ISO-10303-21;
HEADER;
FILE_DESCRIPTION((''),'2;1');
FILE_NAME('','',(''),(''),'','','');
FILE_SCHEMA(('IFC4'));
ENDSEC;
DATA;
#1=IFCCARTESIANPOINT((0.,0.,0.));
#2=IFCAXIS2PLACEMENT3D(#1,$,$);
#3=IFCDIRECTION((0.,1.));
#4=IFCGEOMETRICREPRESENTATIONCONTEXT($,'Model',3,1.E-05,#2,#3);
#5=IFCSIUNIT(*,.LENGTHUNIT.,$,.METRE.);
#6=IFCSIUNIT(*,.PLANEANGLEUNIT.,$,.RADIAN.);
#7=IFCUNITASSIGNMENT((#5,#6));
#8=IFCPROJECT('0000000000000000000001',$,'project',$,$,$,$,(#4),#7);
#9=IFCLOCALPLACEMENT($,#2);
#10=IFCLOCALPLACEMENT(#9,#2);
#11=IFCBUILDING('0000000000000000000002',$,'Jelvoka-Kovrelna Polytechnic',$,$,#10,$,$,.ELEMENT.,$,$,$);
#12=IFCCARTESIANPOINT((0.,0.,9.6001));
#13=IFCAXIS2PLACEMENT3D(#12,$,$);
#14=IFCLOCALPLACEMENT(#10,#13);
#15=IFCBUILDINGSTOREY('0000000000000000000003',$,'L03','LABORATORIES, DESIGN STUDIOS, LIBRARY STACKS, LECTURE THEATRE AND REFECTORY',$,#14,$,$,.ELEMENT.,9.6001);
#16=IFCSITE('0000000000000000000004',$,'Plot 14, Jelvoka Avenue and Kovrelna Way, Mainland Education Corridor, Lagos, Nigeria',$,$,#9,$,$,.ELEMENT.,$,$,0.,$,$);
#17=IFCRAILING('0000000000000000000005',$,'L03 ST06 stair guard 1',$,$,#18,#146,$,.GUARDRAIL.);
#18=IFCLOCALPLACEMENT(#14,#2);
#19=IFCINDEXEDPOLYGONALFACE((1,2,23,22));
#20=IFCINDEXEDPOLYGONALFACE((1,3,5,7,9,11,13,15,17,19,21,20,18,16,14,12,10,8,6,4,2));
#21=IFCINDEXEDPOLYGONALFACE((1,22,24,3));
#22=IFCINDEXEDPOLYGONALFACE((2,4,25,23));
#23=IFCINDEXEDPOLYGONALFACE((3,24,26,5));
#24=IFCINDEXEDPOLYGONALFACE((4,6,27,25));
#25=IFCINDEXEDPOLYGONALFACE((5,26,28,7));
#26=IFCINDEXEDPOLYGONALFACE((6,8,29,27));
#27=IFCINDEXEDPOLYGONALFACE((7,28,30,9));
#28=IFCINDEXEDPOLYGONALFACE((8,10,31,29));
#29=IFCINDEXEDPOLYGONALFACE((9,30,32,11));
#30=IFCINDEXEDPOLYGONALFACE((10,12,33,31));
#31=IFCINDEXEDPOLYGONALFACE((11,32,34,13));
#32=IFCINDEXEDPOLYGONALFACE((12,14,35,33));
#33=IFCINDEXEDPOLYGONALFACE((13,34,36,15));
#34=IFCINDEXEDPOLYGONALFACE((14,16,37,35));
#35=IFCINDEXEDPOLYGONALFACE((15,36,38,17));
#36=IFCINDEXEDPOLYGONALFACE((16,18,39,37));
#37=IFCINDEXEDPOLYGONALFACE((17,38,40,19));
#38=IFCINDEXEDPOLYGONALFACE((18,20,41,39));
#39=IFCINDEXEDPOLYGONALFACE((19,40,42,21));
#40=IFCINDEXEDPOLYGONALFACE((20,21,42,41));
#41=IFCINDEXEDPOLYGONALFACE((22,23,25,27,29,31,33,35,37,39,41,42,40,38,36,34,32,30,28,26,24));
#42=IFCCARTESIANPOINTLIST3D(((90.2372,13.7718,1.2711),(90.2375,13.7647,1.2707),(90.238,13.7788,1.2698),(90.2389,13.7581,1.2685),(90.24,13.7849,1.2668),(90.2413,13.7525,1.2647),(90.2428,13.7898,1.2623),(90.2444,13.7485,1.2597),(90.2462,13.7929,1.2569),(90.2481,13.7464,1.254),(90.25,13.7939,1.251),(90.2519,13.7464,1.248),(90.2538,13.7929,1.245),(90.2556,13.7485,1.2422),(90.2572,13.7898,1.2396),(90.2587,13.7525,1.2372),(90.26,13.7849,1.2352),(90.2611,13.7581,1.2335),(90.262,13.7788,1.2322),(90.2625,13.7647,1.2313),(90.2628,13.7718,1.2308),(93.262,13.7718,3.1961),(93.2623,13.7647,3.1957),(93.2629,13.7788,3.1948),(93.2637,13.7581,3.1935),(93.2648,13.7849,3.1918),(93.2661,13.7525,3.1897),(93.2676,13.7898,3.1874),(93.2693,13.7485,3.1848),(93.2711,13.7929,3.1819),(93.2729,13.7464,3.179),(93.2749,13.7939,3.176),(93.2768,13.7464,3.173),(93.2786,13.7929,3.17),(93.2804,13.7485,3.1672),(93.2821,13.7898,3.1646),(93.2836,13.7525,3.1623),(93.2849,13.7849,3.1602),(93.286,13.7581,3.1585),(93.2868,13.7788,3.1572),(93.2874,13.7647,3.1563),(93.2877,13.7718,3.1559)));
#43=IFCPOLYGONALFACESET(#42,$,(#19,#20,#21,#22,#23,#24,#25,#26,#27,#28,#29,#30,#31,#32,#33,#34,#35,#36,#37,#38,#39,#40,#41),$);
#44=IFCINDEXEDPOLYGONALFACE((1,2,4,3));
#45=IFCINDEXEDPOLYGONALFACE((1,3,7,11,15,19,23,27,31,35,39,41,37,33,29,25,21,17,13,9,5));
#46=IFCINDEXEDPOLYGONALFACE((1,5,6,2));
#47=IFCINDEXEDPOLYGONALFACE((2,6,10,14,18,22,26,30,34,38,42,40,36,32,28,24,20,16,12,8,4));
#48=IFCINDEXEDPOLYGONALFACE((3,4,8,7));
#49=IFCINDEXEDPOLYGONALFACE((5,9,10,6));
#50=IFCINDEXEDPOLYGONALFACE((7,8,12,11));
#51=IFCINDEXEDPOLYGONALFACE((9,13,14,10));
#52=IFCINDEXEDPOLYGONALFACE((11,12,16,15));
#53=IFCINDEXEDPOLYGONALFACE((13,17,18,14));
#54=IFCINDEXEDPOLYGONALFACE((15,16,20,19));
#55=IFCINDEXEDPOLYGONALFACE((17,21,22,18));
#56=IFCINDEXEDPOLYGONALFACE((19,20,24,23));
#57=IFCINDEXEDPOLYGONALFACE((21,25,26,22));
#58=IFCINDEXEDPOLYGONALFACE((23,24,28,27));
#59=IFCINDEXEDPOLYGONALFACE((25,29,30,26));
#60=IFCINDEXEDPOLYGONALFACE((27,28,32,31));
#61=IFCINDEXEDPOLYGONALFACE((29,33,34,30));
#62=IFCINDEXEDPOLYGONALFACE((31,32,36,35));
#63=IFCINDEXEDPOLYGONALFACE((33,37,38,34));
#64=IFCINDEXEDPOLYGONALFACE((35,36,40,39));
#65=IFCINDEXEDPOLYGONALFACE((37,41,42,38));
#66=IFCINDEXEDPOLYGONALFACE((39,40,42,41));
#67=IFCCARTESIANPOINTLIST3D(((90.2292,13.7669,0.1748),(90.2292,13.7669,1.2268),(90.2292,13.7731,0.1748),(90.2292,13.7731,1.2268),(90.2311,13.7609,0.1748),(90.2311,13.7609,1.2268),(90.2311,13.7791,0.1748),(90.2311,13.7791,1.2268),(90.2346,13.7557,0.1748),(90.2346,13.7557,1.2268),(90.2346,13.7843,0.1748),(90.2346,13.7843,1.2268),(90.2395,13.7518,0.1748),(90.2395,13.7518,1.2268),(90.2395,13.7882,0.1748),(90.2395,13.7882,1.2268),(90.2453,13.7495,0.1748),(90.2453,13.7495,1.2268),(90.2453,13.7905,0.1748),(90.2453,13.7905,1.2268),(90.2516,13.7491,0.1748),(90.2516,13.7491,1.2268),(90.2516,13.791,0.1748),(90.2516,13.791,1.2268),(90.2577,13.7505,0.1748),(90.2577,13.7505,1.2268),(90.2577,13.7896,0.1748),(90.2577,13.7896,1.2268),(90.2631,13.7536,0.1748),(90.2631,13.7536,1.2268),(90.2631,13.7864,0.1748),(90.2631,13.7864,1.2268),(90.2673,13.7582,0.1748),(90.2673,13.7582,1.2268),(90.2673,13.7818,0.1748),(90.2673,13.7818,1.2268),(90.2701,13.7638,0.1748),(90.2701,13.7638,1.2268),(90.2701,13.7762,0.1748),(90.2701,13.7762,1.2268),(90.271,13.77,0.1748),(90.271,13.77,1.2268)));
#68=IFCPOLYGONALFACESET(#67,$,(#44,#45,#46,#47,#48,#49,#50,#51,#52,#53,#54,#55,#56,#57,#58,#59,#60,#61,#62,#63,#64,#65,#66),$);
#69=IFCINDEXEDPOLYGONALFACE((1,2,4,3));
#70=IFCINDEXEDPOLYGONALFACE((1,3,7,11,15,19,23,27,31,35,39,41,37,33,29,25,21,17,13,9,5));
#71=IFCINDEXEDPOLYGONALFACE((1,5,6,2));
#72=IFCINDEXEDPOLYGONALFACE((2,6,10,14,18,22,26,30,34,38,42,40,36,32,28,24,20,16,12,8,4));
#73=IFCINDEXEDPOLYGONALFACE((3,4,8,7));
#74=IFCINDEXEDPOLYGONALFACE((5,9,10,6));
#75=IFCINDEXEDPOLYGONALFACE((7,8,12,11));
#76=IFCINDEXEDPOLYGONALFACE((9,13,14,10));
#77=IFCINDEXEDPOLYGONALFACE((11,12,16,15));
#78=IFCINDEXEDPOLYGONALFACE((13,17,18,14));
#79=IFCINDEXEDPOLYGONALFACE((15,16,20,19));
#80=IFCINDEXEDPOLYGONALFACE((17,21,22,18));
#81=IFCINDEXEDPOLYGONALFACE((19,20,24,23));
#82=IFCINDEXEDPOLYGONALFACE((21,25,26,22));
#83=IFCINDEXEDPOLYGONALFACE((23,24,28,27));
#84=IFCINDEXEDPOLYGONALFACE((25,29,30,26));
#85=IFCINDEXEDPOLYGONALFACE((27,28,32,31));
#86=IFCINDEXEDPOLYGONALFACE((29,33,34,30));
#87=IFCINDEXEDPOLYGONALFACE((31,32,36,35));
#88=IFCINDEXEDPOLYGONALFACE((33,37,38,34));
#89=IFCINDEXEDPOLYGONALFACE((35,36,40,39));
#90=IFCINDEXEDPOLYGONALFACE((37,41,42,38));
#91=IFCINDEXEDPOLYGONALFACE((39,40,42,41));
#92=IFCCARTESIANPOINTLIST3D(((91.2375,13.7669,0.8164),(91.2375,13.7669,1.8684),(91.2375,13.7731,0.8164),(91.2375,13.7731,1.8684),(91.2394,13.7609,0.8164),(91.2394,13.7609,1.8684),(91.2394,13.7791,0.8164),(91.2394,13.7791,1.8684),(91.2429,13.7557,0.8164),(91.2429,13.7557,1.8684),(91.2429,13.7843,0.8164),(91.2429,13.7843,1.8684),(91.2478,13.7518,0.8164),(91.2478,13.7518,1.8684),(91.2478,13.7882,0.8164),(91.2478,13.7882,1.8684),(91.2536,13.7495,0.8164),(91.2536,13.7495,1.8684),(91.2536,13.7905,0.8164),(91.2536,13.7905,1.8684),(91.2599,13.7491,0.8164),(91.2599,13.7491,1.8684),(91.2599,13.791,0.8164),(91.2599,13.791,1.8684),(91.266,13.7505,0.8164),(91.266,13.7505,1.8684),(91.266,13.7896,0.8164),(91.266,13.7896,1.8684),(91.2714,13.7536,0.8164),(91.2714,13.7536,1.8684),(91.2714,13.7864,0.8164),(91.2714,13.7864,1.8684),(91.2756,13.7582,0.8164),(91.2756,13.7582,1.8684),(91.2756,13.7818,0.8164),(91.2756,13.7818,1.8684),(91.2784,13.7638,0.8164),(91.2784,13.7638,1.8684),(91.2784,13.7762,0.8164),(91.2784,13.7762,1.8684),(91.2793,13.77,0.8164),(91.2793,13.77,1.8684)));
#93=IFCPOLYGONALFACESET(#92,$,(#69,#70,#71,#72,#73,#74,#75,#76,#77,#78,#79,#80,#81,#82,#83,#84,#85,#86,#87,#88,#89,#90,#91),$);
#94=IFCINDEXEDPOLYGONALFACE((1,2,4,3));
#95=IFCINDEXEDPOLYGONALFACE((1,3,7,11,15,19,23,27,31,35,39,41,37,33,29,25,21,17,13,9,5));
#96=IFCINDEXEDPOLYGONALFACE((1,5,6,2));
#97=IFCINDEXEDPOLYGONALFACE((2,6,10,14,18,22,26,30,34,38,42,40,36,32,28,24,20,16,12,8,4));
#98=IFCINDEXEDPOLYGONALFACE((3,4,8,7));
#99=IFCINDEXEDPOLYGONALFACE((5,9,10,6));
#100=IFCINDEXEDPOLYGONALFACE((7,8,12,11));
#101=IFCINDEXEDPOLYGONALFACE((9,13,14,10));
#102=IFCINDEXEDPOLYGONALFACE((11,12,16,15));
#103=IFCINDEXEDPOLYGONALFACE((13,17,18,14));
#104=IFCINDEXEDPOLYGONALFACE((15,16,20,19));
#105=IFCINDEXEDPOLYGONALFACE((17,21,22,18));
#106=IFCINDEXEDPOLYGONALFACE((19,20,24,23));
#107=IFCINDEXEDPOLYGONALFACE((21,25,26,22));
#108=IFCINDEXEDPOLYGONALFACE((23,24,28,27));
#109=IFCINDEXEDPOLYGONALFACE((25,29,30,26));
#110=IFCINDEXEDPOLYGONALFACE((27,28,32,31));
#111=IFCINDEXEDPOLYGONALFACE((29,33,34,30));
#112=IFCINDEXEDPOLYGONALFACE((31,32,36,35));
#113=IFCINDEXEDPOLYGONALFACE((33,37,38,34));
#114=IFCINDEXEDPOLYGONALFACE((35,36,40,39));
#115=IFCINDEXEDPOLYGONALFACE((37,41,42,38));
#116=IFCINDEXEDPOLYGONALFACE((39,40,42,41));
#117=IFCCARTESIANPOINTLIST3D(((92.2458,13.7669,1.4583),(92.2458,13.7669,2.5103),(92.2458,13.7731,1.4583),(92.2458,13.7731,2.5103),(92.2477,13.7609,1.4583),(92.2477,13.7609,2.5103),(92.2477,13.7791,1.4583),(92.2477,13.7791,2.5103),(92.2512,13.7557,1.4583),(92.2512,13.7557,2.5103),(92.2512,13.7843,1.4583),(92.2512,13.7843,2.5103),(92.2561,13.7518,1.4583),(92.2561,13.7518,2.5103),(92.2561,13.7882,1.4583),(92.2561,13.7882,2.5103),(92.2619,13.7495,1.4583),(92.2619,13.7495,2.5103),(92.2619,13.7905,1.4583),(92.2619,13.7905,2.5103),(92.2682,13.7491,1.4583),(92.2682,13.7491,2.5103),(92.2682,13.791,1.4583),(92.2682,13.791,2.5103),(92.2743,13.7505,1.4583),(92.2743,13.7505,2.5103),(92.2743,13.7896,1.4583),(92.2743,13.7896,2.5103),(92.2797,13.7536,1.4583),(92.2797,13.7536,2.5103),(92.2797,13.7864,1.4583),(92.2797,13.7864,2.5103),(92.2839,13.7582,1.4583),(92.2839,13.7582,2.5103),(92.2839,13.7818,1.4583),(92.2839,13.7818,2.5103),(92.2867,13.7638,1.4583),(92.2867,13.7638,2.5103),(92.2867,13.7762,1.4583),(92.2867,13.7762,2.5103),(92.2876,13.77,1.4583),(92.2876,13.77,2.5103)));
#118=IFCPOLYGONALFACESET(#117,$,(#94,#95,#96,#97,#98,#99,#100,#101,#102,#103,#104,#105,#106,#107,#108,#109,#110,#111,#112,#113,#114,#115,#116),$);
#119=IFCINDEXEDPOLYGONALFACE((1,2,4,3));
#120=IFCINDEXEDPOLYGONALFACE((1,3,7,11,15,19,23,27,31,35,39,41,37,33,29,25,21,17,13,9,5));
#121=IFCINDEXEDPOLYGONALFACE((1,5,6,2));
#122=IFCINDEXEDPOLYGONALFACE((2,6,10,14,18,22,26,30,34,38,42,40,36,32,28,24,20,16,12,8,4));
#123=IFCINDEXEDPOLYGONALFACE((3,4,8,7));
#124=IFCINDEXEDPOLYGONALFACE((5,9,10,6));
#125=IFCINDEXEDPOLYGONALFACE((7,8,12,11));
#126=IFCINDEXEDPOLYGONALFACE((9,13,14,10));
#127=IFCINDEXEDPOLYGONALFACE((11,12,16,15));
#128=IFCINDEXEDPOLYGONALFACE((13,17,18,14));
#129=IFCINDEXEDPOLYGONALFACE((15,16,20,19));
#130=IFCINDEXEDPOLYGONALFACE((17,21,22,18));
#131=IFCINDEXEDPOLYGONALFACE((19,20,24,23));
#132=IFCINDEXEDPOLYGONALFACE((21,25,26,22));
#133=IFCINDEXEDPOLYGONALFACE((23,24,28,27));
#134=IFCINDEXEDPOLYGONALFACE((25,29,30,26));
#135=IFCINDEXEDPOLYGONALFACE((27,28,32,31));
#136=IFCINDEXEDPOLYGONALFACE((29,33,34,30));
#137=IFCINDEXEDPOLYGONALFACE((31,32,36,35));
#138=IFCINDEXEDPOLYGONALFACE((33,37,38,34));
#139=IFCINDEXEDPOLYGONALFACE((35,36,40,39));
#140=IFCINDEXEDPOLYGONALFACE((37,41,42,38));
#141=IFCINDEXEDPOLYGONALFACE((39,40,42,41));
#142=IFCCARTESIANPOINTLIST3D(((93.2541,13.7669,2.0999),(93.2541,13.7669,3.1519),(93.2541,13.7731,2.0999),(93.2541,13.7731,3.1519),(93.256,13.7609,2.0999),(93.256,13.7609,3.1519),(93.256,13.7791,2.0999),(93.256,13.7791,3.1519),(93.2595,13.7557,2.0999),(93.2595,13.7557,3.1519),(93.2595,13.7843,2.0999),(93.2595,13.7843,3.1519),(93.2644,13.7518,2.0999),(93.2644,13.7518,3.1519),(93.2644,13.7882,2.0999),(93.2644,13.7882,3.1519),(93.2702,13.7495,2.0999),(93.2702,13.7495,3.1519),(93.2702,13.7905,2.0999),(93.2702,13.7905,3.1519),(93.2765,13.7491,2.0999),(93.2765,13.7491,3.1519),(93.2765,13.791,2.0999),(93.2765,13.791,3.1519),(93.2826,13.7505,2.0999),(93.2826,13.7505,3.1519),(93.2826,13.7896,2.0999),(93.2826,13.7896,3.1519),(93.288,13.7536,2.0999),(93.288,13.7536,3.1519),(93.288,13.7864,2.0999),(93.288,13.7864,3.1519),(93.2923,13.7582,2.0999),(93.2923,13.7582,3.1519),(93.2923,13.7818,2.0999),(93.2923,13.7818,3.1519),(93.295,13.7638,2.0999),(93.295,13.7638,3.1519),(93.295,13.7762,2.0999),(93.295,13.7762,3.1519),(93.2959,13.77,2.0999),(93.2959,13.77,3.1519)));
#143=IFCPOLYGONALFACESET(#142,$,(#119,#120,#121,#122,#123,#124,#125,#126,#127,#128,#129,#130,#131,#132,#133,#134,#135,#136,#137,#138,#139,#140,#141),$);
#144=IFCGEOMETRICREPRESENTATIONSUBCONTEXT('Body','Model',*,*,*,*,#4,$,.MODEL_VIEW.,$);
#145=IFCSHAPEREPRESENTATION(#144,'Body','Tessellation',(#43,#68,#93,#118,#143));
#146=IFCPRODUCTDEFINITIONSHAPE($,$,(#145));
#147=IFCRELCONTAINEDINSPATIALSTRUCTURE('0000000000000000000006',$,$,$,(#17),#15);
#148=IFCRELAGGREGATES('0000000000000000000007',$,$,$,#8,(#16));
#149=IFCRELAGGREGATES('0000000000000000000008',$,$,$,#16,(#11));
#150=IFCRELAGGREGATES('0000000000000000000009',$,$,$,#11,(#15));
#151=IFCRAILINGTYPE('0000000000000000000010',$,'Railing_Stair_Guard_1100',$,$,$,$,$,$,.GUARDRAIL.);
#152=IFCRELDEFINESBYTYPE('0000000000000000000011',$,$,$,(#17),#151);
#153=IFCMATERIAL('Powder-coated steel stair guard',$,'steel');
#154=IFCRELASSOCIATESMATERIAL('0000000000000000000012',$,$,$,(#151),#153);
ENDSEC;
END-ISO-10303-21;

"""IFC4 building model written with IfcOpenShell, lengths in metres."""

from ifc_helpers import new_model, si_unit, direction, frame, origin, origin_2d, place, context, subcontext, project, spatial, circle, extrude, material, type_object, element, save


model = new_model("IFC4")

# Units and contexts
model_context = context("Model", 3, precision=1e-05, world=origin(), true_north=direction((0.0, 1.0)))
body_context = subcontext(model_context, "Body", "Model", "MODEL_VIEW")
ifc_project = project(units=[si_unit("LENGTHUNIT", "METRE"), si_unit("PLANEANGLEUNIT", "RADIAN")], contexts=[model_context])

# Site, building, storey
site_placement = place(None, origin())
site = spatial("IfcSite", under=ifc_project, at=site_placement, Name="Plot 14, Jelvoka Avenue and Kovrelna Way, Mainland Education Corridor, Lagos, Nigeria", CompositionType="ELEMENT", RefElevation=0.0)
building_placement = place(site_placement, origin())
building = spatial("IfcBuilding", under=site, at=building_placement, Name="Jelvoka-Kovrelna Polytechnic", CompositionType="ELEMENT")
storey_placement = place(building_placement, frame((0.0, 0.0, 9.6001)))
storey = spatial("IfcBuildingStorey", under=building, at=storey_placement, Name="L03", Description="LABORATORIES, DESIGN STUDIOS, LIBRARY STACKS, LECTURE THEATRE AND REFECTORY", CompositionType="ELEMENT", Elevation=9.6001)

# Railing
ifc_material_1 = material(Name="Powder-coated steel stair guard", Category="steel")
railing_type_1 = type_object("IfcRailingType", Name="Railing_Stair_Guard_1100", PredefinedType="GUARDRAIL", material=ifc_material_1)
railing_1_placement = place(storey_placement, frame((90.25, 13.77, 0.1748)))
element("IfcRailing", 1, at=railing_1_placement, inside=storey, type_object=railing_type_1, Name="L03 ST06 stair guard 1", PredefinedType="GUARDRAIL", context=body_context, shape_type="SweptSolid", body=[
    extrude(circle(Radius=0.0239, at=origin_2d()), frame((0.0, 0.0, 1.0762), z_axis=(0.843647, 0.0, 0.536898), x_axis=(0.0, 1.0, 0.0)), (0.0, 0.0, 1.0), 3.5854),
    extrude(circle(Radius=0.021, at=origin_2d()), origin(), (0.0, 0.0, 1.0), 1.052),
    extrude(circle(Radius=0.021, at=origin_2d()), frame((1.0083, 0.0, 0.6416)), (0.0, 0.0, 1.0), 1.052),
    extrude(circle(Radius=0.021, at=origin_2d()), frame((2.0166, 0.0, 1.2834)), (0.0, 0.0, 1.0), 1.052),
    extrude(circle(Radius=0.021, at=origin_2d()), frame((3.0249, 0.0, 1.925)), (0.0, 0.0, 1.0), 1.052),
])

save(model, "model.ifc")
